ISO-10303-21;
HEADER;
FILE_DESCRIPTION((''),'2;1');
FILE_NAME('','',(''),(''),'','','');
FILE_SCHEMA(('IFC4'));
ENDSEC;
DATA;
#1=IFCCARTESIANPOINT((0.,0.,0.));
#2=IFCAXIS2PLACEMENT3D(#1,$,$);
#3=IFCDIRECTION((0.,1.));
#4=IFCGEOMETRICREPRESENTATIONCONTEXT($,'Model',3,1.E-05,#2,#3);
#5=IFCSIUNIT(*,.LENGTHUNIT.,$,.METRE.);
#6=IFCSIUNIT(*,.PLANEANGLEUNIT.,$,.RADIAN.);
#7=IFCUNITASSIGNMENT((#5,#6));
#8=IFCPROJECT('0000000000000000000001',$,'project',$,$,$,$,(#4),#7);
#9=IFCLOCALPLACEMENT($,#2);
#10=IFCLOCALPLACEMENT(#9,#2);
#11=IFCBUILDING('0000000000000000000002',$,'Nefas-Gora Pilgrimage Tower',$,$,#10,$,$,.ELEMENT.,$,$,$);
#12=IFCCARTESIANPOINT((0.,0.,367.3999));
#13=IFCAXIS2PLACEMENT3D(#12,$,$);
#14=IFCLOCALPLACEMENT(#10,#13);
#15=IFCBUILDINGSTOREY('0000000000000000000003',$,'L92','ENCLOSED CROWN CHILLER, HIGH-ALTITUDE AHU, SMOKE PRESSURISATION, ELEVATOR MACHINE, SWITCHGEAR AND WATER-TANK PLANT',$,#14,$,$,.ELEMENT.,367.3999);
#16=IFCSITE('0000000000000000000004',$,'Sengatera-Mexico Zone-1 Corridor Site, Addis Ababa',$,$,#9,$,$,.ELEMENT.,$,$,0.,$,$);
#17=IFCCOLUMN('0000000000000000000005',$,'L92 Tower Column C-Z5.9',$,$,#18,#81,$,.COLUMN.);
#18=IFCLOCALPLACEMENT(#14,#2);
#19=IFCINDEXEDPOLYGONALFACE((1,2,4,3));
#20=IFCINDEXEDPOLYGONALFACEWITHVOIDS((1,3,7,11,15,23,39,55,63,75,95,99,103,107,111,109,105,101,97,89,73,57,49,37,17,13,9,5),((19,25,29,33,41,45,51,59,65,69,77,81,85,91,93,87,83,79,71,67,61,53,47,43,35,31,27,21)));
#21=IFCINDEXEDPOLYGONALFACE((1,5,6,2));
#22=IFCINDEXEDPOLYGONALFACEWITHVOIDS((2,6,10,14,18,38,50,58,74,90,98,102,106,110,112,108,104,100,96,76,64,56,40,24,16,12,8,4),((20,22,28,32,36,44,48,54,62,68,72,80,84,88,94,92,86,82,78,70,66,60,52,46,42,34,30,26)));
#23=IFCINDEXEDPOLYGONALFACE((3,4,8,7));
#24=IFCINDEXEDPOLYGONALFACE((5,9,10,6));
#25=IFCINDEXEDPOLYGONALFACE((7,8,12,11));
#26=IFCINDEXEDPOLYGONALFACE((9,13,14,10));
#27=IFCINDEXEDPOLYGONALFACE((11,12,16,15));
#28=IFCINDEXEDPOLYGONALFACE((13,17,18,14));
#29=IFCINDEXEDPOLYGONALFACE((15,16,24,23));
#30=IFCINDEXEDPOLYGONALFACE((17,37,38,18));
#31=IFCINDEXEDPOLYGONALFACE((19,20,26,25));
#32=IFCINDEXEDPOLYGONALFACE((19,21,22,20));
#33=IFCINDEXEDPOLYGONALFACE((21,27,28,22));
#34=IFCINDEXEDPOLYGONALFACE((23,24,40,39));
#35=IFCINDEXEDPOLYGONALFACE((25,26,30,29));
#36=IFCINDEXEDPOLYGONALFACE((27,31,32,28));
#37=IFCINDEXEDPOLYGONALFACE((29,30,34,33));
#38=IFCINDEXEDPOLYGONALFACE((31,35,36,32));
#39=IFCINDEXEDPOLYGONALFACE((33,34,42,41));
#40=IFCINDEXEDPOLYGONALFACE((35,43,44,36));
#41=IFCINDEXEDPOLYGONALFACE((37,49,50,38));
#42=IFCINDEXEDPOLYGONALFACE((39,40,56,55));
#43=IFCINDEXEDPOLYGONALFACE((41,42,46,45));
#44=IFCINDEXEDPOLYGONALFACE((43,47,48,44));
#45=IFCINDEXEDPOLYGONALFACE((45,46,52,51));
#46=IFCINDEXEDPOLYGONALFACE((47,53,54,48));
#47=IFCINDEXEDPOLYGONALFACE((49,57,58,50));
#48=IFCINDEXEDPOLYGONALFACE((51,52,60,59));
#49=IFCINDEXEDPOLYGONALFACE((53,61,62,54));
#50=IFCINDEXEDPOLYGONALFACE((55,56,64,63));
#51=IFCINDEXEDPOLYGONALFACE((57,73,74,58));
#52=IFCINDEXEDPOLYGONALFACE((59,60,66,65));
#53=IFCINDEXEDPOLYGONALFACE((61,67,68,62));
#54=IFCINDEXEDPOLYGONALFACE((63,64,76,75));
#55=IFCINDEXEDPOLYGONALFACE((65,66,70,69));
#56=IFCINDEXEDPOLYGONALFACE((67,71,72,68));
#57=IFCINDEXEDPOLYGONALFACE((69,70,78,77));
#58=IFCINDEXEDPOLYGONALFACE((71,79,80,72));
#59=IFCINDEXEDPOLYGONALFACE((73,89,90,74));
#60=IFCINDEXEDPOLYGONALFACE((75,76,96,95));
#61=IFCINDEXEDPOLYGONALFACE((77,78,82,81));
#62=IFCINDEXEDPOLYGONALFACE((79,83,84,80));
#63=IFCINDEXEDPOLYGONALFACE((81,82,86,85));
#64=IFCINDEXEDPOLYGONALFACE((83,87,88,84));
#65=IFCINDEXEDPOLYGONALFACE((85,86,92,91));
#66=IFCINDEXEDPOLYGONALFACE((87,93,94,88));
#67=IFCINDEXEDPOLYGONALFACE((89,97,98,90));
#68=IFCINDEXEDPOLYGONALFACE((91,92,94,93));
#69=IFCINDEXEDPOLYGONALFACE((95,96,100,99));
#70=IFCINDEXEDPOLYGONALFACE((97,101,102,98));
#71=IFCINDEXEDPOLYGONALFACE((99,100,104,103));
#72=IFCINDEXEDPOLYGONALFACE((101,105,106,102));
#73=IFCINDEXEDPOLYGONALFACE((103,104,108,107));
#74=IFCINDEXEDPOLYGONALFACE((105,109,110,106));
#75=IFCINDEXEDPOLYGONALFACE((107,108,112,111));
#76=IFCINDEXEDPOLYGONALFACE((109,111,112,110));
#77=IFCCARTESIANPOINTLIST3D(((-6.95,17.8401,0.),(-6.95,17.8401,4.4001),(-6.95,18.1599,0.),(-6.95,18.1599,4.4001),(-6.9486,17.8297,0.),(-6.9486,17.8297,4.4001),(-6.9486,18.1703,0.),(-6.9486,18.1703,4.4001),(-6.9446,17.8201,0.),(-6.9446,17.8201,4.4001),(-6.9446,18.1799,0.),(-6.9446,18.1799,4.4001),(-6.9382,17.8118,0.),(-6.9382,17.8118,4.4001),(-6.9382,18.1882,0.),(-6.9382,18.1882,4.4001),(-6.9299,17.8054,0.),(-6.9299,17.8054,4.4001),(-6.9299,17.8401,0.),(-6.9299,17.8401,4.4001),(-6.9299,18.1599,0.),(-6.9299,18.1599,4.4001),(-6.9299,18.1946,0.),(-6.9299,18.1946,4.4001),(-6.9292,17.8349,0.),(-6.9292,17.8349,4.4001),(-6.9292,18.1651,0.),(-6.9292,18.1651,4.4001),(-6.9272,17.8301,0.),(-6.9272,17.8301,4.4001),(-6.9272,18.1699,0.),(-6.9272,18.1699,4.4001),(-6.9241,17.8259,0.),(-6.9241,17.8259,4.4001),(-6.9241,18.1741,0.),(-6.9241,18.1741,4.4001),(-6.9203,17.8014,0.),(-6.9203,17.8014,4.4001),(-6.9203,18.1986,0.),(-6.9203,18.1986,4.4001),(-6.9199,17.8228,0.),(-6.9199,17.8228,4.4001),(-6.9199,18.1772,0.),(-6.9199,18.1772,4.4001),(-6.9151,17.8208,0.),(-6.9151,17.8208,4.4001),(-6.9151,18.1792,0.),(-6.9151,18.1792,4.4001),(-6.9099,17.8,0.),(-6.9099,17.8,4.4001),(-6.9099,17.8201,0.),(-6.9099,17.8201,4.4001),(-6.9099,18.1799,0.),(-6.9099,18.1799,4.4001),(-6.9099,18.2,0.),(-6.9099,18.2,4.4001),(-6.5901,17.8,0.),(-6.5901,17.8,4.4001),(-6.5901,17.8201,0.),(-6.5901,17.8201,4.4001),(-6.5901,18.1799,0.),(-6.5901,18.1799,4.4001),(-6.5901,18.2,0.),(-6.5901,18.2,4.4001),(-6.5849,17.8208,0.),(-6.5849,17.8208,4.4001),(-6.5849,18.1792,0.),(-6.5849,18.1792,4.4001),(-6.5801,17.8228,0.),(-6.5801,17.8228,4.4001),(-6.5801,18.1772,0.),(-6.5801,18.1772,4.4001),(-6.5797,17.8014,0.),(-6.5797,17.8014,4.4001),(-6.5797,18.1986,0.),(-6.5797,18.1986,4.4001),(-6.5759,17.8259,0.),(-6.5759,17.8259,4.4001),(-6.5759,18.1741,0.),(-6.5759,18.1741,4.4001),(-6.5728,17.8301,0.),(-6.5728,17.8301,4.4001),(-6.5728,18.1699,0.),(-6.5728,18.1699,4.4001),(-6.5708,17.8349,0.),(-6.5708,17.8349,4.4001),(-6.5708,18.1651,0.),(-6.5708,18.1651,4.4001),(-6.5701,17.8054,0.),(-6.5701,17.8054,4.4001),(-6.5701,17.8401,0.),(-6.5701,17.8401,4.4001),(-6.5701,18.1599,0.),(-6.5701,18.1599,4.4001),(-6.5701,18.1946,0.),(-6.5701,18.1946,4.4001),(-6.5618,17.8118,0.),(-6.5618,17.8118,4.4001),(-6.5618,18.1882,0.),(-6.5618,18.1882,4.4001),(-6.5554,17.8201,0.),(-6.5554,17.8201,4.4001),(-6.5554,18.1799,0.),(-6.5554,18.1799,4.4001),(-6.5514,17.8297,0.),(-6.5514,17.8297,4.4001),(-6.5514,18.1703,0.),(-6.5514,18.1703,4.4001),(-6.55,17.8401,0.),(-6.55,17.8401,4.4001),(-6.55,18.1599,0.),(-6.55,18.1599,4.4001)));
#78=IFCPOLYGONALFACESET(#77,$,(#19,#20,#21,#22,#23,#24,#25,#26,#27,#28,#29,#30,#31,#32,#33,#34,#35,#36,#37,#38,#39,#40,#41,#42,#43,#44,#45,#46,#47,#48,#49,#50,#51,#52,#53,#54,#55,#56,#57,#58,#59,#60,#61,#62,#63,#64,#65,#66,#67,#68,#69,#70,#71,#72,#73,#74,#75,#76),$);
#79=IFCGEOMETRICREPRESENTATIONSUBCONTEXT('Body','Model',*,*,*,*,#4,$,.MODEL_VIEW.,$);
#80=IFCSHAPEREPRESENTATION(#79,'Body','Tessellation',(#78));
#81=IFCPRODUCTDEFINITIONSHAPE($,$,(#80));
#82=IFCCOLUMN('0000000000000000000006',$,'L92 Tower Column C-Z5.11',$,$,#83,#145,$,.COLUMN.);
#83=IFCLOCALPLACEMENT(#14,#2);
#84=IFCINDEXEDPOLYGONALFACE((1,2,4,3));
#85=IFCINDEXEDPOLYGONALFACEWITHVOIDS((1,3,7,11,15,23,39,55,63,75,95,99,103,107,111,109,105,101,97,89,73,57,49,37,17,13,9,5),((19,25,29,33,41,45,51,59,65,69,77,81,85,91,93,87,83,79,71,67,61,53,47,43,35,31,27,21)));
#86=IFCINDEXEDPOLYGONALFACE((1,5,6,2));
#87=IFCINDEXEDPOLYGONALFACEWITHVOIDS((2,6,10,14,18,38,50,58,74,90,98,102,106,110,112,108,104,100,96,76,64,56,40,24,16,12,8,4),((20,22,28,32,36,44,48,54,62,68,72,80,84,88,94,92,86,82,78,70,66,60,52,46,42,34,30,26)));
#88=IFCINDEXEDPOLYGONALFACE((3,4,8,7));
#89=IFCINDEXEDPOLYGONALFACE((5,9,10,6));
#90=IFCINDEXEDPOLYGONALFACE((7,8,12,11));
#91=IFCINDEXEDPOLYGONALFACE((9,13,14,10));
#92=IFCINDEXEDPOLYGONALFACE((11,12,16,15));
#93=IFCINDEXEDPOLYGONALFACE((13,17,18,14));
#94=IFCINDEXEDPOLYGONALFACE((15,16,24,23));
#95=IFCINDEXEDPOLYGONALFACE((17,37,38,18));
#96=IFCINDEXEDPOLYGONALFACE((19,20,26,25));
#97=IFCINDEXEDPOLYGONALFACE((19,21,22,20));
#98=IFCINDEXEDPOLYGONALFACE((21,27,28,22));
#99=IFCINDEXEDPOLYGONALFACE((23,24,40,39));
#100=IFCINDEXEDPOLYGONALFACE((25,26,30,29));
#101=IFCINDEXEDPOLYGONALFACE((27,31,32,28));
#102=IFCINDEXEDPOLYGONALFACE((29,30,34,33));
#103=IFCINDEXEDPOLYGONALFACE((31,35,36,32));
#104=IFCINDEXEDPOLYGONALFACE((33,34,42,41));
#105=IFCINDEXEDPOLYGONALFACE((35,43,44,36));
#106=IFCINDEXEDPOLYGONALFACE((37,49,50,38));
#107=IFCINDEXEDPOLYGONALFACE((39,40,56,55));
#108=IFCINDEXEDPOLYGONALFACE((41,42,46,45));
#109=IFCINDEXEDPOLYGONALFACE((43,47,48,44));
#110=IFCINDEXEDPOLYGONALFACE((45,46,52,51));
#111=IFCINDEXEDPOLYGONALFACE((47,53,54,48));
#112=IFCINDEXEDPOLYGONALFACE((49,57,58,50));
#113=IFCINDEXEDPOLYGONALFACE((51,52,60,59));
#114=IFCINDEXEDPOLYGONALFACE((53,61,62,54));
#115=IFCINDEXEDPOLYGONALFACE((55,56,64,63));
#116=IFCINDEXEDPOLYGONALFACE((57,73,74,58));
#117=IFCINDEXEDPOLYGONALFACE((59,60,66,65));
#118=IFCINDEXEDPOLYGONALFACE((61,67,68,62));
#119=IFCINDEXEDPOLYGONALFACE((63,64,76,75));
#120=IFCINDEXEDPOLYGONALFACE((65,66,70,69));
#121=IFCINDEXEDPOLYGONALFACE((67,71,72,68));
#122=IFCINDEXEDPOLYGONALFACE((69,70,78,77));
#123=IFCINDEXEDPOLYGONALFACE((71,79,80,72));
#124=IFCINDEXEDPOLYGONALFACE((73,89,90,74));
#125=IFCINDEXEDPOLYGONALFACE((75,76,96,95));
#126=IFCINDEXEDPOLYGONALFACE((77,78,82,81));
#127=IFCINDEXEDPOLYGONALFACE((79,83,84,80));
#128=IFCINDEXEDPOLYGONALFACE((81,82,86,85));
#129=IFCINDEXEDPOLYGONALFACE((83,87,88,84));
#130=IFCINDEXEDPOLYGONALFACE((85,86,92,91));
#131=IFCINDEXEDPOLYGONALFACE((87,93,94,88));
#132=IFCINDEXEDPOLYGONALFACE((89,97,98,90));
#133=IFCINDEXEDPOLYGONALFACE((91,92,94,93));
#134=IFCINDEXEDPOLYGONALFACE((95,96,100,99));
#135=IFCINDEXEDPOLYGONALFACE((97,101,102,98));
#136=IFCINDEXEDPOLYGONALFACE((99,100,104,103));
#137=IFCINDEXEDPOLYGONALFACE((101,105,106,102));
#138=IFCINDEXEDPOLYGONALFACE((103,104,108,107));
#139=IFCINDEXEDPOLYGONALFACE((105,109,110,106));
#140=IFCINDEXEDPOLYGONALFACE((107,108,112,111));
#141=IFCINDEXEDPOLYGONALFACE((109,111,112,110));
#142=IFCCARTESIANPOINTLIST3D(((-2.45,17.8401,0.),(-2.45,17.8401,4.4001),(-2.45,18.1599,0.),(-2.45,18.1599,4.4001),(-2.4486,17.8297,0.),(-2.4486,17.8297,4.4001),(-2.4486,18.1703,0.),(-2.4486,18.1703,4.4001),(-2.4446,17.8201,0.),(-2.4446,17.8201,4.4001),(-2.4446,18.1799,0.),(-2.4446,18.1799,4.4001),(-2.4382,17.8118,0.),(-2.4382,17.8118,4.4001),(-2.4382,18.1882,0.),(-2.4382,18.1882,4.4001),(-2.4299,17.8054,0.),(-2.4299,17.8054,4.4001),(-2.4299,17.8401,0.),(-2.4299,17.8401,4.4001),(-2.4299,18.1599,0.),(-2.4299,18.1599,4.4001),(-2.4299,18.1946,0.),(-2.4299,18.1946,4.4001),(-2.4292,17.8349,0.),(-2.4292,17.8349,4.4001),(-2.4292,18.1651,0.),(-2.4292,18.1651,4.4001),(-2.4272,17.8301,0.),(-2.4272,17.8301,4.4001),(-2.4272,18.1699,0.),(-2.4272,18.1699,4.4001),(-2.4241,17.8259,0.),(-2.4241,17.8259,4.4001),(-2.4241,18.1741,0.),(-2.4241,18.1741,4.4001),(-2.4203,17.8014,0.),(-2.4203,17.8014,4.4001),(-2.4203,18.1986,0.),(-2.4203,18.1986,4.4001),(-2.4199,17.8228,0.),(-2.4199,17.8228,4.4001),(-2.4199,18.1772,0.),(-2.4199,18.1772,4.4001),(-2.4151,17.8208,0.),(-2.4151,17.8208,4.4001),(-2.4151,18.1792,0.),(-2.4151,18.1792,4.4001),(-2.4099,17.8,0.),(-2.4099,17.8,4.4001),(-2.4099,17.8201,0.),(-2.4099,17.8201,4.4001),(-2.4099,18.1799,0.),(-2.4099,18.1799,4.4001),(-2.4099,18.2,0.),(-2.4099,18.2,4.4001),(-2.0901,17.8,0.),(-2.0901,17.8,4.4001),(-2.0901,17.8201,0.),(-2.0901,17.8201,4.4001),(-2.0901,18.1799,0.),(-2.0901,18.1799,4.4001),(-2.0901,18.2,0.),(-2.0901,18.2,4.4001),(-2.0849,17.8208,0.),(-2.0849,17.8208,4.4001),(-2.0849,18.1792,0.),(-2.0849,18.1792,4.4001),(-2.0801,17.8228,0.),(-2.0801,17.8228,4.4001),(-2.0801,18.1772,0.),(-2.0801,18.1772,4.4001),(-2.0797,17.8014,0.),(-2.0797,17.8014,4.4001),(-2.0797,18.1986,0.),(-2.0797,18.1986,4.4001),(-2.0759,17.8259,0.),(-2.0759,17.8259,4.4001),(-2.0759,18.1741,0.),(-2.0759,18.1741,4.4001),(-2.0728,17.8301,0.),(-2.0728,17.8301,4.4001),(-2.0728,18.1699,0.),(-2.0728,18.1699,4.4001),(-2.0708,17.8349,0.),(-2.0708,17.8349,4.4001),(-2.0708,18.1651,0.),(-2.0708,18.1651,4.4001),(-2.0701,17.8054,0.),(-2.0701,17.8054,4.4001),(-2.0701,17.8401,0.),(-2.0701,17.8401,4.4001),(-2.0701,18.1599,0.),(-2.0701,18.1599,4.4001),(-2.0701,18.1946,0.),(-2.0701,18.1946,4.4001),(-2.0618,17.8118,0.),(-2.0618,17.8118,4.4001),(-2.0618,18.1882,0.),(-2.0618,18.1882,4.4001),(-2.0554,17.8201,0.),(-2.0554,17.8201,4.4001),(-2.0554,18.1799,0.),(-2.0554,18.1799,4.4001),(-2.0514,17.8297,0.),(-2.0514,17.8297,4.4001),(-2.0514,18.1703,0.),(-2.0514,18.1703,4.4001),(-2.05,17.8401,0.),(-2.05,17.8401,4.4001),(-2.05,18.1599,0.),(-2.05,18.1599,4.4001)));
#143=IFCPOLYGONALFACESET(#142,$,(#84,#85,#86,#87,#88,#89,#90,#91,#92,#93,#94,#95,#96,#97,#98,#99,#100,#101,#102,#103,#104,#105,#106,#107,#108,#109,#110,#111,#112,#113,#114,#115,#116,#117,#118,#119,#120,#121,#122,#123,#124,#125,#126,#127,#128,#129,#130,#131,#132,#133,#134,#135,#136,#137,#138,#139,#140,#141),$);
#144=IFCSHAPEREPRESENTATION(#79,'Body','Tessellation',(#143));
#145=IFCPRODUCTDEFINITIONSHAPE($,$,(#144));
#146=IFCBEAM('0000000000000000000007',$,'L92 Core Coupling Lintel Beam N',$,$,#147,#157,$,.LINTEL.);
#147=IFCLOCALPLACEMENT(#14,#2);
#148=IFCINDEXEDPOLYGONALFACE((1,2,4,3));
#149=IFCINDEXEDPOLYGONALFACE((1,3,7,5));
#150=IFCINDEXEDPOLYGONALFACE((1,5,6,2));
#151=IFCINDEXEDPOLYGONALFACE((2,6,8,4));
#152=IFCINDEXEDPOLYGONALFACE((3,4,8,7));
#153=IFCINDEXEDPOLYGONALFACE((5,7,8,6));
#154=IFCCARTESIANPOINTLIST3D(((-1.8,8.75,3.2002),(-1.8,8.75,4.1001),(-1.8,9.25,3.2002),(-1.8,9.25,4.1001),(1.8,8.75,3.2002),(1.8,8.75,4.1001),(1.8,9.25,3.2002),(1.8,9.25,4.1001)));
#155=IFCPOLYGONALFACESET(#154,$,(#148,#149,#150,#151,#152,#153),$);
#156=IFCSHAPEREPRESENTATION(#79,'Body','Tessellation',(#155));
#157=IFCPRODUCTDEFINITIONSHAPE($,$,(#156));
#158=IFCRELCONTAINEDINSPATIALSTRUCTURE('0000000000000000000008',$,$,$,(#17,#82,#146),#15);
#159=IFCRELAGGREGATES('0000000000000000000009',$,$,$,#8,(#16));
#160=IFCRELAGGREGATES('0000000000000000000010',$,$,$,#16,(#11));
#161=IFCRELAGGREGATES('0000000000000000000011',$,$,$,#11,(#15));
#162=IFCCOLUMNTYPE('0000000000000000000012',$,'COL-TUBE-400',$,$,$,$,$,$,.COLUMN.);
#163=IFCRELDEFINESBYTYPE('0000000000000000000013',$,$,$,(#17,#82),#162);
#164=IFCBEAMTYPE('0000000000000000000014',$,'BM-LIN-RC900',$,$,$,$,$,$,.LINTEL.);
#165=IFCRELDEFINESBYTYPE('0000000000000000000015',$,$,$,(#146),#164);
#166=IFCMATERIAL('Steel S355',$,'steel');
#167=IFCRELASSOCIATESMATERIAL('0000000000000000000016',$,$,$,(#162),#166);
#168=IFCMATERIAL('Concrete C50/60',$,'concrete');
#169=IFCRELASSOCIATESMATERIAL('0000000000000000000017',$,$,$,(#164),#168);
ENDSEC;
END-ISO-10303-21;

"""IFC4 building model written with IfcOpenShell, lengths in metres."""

from ifc_helpers import new_model, si_unit, direction, frame, origin, origin_2d, place, context, subcontext, project, spatial, rectangle, hollow_rectangle, extrude, source, transform, mapped, material, material_profile, profile_set, type_object, element, save


model = new_model("IFC4")

# Units and contexts
model_context = context("Model", 3, precision=1e-05, world=origin(), true_north=direction((0.0, 1.0)))
body_context = subcontext(model_context, "Body", "Model", "MODEL_VIEW")
ifc_project = project(units=[si_unit("LENGTHUNIT", "METRE"), si_unit("PLANEANGLEUNIT", "RADIAN")], contexts=[model_context])

# Site, building, storey
site_placement = place(None, origin())
site = spatial("IfcSite", under=ifc_project, at=site_placement, Name="Sengatera-Mexico Zone-1 Corridor Site, Addis Ababa", CompositionType="ELEMENT", RefElevation=0.0)
building_placement = place(site_placement, origin())
building = spatial("IfcBuilding", under=site, at=building_placement, Name="Nefas-Gora Pilgrimage Tower", CompositionType="ELEMENT")
storey_placement = place(building_placement, frame((0.0, 0.0, 367.3999)))
storey = spatial("IfcBuildingStorey", under=building, at=storey_placement, Name="L92", Description="ENCLOSED CROWN CHILLER, HIGH-ALTITUDE AHU, SMOKE PRESSURISATION, ELEVATOR MACHINE, SWITCHGEAR AND WATER-TANK PLANT", CompositionType="ELEMENT", Elevation=367.3999)

# Columns
ifc_material_1 = material(Name="Steel S355", Category="steel")
ifc_material_profile_1 = material_profile(ifc_material_1, hollow_rectangle(XDim=0.3999, YDim=0.3999, WallThickness=0.02, InnerFilletRadius=0.02, OuterFilletRadius=0.04, at=origin_2d()), Name="SHS 400x400x20")
ifc_profile_set_1 = profile_set([ifc_material_profile_1], Name="Steel S355")
column_type = type_object("IfcColumnType", Name="COL-TUBE-400", PredefinedType="COLUMN", material=ifc_profile_set_1)
shared_shape_1 = source(origin(), body_context, "Body", "SweptSolid", [
    extrude(hollow_rectangle(XDim=0.3999, YDim=0.3999, WallThickness=0.02, InnerFilletRadius=0.02, OuterFilletRadius=0.04, at=origin_2d()), origin(), (0.0, 0.0, 1.0), 4.4001),
])
for number, where, z_axis, x_axis, name in (
    (1, (-6.75, 18.0, 0.0), (0.0, 0.0, 1.0), (1.0, 0.0, 0.0), "L92 Tower Column C-Z5.9"),
    (2, (-2.25, 18.0, 0.0), (0.0, 0.0, 1.0), (1.0, 0.0, 0.0), "L92 Tower Column C-Z5.11"),
):
    element("IfcColumn", number, at=place(storey_placement, frame(where, z_axis=z_axis, x_axis=x_axis)), inside=storey, type_object=column_type, Name=name, PredefinedType="COLUMN", context=body_context, shape_type="MappedRepresentation", body=[
        mapped(shared_shape_1, transform((0.0, 0.0, 0.0), x_axis=(1.0, 0.0, 0.0), y_axis=(0.0, 1.0, 0.0), z_axis=(0.0, 0.0, 1.0), scale=1.0)),
    ])

# Beam
ifc_material_2 = material(Name="Concrete C50/60", Category="concrete")
ifc_material_profile_2 = material_profile(ifc_material_2, rectangle(XDim=0.5, YDim=0.8999, at=origin_2d()), Name="RC 500x900")
ifc_profile_set_2 = profile_set([ifc_material_profile_2], Name="Concrete C50/60")
beam_type_1 = type_object("IfcBeamType", Name="BM-LIN-RC900", PredefinedType="LINTEL", material=ifc_profile_set_2)
shared_shape_2 = source(origin(), body_context, "Body", "SweptSolid", [
    extrude(rectangle(XDim=0.5, YDim=0.8999, at=origin_2d()), origin(), (0.0, 0.0, 1.0), 3.6001),
])
beam_1_placement = place(storey_placement, frame((-1.8, 9.0, 3.6501), z_axis=(1.0, 0.0, 0.0), x_axis=(0.0, 1.0, 0.0)))
element("IfcBeam", 3, at=beam_1_placement, inside=storey, type_object=beam_type_1, Name="L92 Core Coupling Lintel Beam N", PredefinedType="LINTEL", context=body_context, shape_type="MappedRepresentation", body=[
    mapped(shared_shape_2, transform((0.0, 0.0, 0.0), x_axis=(1.0, 0.0, 0.0), y_axis=(0.0, 1.0, 0.0), z_axis=(0.0, 0.0, 1.0), scale=1.0)),
])

save(model, "model.ifc")
